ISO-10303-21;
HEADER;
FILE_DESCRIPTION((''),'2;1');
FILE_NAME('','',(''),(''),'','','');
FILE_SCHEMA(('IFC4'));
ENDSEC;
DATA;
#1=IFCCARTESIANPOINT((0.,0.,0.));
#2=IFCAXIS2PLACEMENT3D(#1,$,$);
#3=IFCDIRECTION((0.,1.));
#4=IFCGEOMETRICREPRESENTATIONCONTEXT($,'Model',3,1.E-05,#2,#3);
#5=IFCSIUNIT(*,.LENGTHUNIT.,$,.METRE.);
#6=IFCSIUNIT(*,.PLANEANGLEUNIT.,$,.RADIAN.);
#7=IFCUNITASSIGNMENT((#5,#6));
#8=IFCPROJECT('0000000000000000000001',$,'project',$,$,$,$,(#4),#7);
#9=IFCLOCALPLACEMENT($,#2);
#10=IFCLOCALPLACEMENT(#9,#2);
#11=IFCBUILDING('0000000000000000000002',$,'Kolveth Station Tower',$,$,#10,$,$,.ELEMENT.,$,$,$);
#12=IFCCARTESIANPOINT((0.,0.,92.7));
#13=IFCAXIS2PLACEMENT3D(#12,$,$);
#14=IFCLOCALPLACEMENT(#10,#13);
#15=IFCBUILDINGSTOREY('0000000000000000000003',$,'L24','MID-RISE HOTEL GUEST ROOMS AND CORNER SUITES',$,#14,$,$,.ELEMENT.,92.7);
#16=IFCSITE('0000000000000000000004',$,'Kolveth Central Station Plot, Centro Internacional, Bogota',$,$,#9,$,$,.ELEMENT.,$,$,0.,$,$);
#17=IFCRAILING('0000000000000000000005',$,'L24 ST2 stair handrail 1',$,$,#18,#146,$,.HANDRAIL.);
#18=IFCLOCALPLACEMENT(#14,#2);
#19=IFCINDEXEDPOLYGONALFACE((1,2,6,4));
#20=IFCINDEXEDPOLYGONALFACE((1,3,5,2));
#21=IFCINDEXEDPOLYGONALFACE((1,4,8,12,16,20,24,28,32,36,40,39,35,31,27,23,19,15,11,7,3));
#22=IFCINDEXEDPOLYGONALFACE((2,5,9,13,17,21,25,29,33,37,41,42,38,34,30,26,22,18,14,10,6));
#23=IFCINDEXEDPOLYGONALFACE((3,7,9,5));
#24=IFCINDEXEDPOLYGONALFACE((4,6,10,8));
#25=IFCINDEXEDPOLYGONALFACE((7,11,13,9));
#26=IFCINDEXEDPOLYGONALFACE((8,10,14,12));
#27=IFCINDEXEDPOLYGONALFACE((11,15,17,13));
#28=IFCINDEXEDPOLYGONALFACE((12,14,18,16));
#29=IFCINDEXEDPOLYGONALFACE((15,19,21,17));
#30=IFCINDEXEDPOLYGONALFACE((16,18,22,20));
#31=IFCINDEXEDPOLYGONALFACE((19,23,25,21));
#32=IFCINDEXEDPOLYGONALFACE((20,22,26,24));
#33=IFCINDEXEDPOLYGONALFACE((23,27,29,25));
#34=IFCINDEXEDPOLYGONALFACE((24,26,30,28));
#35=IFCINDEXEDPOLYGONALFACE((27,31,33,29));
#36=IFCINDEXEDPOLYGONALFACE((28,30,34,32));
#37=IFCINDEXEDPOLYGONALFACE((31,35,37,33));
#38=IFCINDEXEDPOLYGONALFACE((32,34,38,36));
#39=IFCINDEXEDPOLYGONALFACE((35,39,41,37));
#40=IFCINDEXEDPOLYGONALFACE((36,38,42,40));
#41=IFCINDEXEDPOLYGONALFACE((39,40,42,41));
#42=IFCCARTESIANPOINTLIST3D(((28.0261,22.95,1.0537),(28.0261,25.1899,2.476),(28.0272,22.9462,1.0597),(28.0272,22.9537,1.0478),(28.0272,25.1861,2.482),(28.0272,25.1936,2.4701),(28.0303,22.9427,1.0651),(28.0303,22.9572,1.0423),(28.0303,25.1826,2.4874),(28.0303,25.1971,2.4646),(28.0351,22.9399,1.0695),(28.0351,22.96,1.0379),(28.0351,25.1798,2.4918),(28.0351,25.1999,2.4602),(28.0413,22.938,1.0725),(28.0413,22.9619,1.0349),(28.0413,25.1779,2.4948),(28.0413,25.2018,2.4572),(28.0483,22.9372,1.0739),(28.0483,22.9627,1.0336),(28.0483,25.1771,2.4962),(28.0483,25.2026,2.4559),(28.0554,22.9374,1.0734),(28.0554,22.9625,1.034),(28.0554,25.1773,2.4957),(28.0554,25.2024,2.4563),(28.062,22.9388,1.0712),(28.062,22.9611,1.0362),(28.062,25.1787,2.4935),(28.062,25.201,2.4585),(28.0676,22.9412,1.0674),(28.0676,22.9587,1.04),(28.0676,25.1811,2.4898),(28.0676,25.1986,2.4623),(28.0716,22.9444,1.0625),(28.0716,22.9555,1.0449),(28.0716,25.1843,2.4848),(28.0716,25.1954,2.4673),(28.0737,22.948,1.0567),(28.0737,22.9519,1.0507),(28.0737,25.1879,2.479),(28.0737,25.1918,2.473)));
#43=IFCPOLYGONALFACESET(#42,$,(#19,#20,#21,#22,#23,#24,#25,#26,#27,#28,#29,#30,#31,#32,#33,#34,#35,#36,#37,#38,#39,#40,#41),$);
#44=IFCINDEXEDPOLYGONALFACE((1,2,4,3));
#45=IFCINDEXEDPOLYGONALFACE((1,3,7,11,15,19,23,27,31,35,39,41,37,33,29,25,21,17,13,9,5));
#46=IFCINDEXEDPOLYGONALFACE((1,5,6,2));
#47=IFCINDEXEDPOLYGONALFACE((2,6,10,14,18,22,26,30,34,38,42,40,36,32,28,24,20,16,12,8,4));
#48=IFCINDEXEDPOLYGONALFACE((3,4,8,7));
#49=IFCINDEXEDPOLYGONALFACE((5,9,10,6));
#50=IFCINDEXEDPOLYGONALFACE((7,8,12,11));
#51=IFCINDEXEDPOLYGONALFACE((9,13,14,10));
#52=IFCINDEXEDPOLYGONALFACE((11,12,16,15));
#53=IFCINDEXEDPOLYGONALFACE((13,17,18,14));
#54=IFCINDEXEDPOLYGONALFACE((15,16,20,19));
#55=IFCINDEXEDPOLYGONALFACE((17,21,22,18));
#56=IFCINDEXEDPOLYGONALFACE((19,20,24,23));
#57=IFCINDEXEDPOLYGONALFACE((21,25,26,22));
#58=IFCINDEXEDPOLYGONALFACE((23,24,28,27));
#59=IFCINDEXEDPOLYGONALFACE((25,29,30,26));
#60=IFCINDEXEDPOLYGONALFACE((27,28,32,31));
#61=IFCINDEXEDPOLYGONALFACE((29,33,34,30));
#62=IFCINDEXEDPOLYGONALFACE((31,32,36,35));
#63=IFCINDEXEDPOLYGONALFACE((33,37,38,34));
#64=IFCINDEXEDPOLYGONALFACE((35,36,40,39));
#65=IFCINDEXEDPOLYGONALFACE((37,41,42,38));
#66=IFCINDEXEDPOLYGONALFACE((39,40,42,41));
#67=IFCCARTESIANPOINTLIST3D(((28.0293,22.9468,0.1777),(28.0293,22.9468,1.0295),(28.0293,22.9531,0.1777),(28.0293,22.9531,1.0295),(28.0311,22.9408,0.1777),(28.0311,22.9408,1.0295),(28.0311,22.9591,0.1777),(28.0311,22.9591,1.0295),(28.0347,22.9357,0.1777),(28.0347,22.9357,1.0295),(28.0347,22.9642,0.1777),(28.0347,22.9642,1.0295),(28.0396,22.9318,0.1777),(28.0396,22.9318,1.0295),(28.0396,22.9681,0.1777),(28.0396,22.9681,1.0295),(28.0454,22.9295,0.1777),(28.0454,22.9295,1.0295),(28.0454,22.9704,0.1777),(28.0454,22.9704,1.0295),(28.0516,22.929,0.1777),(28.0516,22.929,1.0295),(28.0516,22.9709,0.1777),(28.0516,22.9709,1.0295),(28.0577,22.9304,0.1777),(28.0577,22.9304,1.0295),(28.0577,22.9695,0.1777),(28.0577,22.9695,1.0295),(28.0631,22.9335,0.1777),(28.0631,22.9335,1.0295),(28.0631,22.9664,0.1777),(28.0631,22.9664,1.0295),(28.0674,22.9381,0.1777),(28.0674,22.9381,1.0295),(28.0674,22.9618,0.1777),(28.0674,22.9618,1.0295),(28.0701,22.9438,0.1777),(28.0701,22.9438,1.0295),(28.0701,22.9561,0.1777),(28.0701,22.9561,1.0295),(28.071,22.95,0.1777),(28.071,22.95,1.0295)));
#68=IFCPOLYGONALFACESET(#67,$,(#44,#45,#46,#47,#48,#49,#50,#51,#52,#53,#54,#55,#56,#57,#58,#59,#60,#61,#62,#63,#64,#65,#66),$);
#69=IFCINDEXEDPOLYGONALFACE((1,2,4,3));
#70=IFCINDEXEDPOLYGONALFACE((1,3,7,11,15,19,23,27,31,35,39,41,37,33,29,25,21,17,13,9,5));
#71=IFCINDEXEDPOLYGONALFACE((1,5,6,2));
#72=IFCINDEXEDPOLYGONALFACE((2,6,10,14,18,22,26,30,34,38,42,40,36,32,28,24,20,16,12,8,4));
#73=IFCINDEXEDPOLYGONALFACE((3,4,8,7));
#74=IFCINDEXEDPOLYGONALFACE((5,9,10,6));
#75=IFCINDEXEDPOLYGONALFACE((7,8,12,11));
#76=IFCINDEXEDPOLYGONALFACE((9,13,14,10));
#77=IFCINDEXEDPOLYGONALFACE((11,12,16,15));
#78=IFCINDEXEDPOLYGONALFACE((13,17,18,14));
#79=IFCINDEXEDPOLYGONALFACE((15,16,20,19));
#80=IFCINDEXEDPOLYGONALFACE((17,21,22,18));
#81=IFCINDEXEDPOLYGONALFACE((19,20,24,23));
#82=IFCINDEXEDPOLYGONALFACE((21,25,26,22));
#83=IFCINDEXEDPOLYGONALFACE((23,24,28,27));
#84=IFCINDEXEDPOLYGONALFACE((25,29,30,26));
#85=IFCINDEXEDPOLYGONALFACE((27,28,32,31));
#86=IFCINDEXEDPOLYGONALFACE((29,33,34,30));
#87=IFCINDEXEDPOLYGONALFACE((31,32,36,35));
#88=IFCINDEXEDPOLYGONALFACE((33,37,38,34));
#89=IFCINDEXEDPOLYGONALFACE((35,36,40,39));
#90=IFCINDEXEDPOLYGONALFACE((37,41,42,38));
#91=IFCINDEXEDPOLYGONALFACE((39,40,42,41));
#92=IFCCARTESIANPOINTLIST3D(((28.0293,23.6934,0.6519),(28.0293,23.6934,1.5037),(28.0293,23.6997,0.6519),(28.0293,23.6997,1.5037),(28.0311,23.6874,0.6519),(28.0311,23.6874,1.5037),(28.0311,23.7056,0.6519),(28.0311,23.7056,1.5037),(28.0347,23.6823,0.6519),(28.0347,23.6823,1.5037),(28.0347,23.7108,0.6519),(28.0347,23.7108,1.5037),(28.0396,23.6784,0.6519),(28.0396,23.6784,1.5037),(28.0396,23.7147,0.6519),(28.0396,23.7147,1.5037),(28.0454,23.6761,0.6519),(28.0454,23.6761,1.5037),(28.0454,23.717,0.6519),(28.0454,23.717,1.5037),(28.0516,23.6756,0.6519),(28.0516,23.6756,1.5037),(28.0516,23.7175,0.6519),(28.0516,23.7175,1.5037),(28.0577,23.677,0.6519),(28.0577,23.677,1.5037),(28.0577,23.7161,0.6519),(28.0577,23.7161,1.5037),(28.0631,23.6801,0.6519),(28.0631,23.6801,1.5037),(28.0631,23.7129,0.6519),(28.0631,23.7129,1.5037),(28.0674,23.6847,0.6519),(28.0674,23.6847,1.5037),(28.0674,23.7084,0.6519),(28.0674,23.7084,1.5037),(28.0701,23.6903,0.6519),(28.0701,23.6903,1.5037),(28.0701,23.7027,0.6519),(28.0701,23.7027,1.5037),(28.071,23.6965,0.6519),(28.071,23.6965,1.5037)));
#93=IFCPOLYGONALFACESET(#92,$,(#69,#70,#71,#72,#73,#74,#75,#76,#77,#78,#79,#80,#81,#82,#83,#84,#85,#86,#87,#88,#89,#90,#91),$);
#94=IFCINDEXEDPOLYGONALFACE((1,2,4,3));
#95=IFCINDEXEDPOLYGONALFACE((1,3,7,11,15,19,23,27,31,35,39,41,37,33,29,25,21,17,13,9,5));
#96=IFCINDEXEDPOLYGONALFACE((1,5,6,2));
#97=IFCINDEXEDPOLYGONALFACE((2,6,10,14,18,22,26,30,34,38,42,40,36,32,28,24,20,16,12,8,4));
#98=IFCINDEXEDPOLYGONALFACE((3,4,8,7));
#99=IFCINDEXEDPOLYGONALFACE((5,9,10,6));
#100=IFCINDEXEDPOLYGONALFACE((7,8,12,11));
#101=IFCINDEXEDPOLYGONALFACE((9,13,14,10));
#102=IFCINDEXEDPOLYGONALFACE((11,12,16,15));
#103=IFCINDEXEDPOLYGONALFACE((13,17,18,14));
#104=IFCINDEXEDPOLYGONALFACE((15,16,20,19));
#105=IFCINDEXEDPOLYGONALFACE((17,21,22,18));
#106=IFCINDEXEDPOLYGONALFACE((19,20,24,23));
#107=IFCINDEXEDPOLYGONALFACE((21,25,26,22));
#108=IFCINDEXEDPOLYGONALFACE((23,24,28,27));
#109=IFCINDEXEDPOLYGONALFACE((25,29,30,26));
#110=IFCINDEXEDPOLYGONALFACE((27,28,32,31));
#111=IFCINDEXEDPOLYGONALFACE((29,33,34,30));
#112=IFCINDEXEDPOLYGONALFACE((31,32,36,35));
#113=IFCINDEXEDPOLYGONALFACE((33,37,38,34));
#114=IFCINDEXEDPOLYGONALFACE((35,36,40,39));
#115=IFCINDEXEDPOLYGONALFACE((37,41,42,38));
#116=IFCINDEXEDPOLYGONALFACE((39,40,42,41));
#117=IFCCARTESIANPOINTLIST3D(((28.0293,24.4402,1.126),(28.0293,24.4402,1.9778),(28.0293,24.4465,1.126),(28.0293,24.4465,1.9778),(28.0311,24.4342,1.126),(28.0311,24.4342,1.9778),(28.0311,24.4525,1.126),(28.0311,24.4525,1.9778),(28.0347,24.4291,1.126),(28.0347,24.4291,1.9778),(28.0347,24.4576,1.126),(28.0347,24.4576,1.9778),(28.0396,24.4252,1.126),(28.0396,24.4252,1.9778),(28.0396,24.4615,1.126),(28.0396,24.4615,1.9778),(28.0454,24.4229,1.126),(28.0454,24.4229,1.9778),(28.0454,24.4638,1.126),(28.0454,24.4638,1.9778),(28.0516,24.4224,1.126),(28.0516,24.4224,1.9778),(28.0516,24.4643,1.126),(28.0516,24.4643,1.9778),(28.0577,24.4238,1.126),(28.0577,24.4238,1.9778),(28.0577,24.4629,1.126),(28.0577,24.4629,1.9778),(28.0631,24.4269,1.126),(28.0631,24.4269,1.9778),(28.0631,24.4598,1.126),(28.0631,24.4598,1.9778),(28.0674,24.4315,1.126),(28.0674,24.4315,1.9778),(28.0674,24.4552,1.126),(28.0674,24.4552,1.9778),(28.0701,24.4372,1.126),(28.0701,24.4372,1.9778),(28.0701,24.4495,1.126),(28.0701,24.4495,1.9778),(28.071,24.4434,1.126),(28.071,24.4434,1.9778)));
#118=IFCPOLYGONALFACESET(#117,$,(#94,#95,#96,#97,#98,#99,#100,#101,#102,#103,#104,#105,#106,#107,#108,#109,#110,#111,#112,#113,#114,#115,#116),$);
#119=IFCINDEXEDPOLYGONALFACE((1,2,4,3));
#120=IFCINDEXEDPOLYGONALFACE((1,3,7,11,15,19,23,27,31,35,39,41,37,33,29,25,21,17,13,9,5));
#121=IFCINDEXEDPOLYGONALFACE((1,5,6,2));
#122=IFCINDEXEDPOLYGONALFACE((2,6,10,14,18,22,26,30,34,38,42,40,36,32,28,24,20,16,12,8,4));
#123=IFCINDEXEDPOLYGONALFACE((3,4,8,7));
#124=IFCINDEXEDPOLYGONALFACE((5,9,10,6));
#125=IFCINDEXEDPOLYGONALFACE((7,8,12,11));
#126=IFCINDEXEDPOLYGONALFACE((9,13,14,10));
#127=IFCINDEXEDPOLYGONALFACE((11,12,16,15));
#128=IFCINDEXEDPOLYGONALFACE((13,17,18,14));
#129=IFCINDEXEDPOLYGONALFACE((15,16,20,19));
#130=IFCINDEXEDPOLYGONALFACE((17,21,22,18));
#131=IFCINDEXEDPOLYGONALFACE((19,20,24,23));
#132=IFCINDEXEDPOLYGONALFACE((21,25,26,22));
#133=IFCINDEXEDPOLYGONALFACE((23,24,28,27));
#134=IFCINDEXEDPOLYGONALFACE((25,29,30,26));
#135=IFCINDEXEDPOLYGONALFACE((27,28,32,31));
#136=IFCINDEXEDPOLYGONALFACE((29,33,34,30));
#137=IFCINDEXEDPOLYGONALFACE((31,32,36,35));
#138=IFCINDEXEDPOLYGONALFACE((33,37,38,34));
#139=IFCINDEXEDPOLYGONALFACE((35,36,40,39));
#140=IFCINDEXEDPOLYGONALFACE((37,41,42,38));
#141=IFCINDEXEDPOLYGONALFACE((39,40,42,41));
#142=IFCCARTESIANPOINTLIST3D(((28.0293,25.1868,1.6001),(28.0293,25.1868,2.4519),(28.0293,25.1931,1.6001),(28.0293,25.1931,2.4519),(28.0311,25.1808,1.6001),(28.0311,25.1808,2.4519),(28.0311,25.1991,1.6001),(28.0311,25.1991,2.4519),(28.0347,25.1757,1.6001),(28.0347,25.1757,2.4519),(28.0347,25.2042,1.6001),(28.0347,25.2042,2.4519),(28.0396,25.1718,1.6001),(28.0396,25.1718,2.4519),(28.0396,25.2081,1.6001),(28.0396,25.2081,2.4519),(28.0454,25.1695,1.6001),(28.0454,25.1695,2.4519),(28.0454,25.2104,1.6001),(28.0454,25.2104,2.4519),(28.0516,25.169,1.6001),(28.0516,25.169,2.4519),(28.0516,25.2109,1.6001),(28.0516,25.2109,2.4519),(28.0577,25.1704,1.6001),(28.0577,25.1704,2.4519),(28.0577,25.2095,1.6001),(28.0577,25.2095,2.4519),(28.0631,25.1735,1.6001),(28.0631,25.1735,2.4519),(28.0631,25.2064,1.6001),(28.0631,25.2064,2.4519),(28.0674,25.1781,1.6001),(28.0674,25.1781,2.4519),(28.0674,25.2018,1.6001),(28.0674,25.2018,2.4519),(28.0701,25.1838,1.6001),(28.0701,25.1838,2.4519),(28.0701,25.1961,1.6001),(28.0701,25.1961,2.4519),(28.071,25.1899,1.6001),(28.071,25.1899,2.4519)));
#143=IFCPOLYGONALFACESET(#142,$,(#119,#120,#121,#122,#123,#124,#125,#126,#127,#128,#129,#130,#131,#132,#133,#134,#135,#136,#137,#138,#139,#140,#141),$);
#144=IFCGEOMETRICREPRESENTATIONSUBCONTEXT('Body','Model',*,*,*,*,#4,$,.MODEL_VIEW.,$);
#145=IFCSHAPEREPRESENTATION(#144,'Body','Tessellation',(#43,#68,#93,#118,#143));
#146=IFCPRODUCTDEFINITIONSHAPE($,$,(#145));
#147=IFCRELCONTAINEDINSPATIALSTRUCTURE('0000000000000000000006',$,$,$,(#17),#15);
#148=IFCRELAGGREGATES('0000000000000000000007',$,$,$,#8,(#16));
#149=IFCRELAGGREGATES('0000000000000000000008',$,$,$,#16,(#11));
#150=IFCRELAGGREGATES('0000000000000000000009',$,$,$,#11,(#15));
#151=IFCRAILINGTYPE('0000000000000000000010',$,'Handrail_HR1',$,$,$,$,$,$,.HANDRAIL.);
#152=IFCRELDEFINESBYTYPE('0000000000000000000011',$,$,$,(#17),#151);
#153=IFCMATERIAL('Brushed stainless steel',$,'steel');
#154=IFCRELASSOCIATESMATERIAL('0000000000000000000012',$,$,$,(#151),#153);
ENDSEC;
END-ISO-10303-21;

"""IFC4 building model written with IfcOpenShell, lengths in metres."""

from ifc_helpers import new_model, si_unit, direction, frame, origin, origin_2d, place, context, subcontext, project, spatial, circle, extrude, material, type_object, element, save


model = new_model("IFC4")

# Units and contexts
model_context = context("Model", 3, precision=1e-05, world=origin(), true_north=direction((0.0, 1.0)))
body_context = subcontext(model_context, "Body", "Model", "MODEL_VIEW")
ifc_project = project(units=[si_unit("LENGTHUNIT", "METRE"), si_unit("PLANEANGLEUNIT", "RADIAN")], contexts=[model_context])

# Site, building, storey
site_placement = place(None, origin())
site = spatial("IfcSite", under=ifc_project, at=site_placement, Name="Kolveth Central Station Plot, Centro Internacional, Bogota", CompositionType="ELEMENT", RefElevation=0.0)
building_placement = place(site_placement, origin())
building = spatial("IfcBuilding", under=site, at=building_placement, Name="Kolveth Station Tower", CompositionType="ELEMENT")
storey_placement = place(building_placement, frame((0.0, 0.0, 92.7)))
storey = spatial("IfcBuildingStorey", under=building, at=storey_placement, Name="L24", Description="MID-RISE HOTEL GUEST ROOMS AND CORNER SUITES", CompositionType="ELEMENT", Elevation=92.7)

# Railing
ifc_material_1 = material(Name="Brushed stainless steel", Category="steel")
railing_type_1 = type_object("IfcRailingType", Name="Handrail_HR1", PredefinedType="HANDRAIL", material=ifc_material_1)
railing_1_placement = place(storey_placement, frame((28.05, 22.95, 0.1777)))
element("IfcRailing", 1, at=railing_1_placement, inside=storey, type_object=railing_type_1, Name="L24 ST2 stair handrail 1", PredefinedType="HANDRAIL", context=body_context, shape_type="SweptSolid", body=[
    extrude(circle(Radius=0.0239, at=origin_2d()), frame((0.0, 0.0, 0.876), z_axis=(0.0, 0.844188, 0.536048), x_axis=(-1.0, 0.0, 0.0)), (0.0, 0.0, 1.0), 2.6533),
    extrude(circle(Radius=0.021, at=origin_2d()), origin(), (0.0, 0.0, 1.0), 0.8518),
    extrude(circle(Radius=0.021, at=origin_2d()), frame((0.0, 0.7466, 0.4741)), (0.0, 0.0, 1.0), 0.8518),
    extrude(circle(Radius=0.021, at=origin_2d()), frame((0.0, 1.4934, 0.9482)), (0.0, 0.0, 1.0), 0.8518),
    extrude(circle(Radius=0.021, at=origin_2d()), frame((0.0, 2.24, 1.4224)), (0.0, 0.0, 1.0), 0.8518),
])

save(model, "model.ifc")
